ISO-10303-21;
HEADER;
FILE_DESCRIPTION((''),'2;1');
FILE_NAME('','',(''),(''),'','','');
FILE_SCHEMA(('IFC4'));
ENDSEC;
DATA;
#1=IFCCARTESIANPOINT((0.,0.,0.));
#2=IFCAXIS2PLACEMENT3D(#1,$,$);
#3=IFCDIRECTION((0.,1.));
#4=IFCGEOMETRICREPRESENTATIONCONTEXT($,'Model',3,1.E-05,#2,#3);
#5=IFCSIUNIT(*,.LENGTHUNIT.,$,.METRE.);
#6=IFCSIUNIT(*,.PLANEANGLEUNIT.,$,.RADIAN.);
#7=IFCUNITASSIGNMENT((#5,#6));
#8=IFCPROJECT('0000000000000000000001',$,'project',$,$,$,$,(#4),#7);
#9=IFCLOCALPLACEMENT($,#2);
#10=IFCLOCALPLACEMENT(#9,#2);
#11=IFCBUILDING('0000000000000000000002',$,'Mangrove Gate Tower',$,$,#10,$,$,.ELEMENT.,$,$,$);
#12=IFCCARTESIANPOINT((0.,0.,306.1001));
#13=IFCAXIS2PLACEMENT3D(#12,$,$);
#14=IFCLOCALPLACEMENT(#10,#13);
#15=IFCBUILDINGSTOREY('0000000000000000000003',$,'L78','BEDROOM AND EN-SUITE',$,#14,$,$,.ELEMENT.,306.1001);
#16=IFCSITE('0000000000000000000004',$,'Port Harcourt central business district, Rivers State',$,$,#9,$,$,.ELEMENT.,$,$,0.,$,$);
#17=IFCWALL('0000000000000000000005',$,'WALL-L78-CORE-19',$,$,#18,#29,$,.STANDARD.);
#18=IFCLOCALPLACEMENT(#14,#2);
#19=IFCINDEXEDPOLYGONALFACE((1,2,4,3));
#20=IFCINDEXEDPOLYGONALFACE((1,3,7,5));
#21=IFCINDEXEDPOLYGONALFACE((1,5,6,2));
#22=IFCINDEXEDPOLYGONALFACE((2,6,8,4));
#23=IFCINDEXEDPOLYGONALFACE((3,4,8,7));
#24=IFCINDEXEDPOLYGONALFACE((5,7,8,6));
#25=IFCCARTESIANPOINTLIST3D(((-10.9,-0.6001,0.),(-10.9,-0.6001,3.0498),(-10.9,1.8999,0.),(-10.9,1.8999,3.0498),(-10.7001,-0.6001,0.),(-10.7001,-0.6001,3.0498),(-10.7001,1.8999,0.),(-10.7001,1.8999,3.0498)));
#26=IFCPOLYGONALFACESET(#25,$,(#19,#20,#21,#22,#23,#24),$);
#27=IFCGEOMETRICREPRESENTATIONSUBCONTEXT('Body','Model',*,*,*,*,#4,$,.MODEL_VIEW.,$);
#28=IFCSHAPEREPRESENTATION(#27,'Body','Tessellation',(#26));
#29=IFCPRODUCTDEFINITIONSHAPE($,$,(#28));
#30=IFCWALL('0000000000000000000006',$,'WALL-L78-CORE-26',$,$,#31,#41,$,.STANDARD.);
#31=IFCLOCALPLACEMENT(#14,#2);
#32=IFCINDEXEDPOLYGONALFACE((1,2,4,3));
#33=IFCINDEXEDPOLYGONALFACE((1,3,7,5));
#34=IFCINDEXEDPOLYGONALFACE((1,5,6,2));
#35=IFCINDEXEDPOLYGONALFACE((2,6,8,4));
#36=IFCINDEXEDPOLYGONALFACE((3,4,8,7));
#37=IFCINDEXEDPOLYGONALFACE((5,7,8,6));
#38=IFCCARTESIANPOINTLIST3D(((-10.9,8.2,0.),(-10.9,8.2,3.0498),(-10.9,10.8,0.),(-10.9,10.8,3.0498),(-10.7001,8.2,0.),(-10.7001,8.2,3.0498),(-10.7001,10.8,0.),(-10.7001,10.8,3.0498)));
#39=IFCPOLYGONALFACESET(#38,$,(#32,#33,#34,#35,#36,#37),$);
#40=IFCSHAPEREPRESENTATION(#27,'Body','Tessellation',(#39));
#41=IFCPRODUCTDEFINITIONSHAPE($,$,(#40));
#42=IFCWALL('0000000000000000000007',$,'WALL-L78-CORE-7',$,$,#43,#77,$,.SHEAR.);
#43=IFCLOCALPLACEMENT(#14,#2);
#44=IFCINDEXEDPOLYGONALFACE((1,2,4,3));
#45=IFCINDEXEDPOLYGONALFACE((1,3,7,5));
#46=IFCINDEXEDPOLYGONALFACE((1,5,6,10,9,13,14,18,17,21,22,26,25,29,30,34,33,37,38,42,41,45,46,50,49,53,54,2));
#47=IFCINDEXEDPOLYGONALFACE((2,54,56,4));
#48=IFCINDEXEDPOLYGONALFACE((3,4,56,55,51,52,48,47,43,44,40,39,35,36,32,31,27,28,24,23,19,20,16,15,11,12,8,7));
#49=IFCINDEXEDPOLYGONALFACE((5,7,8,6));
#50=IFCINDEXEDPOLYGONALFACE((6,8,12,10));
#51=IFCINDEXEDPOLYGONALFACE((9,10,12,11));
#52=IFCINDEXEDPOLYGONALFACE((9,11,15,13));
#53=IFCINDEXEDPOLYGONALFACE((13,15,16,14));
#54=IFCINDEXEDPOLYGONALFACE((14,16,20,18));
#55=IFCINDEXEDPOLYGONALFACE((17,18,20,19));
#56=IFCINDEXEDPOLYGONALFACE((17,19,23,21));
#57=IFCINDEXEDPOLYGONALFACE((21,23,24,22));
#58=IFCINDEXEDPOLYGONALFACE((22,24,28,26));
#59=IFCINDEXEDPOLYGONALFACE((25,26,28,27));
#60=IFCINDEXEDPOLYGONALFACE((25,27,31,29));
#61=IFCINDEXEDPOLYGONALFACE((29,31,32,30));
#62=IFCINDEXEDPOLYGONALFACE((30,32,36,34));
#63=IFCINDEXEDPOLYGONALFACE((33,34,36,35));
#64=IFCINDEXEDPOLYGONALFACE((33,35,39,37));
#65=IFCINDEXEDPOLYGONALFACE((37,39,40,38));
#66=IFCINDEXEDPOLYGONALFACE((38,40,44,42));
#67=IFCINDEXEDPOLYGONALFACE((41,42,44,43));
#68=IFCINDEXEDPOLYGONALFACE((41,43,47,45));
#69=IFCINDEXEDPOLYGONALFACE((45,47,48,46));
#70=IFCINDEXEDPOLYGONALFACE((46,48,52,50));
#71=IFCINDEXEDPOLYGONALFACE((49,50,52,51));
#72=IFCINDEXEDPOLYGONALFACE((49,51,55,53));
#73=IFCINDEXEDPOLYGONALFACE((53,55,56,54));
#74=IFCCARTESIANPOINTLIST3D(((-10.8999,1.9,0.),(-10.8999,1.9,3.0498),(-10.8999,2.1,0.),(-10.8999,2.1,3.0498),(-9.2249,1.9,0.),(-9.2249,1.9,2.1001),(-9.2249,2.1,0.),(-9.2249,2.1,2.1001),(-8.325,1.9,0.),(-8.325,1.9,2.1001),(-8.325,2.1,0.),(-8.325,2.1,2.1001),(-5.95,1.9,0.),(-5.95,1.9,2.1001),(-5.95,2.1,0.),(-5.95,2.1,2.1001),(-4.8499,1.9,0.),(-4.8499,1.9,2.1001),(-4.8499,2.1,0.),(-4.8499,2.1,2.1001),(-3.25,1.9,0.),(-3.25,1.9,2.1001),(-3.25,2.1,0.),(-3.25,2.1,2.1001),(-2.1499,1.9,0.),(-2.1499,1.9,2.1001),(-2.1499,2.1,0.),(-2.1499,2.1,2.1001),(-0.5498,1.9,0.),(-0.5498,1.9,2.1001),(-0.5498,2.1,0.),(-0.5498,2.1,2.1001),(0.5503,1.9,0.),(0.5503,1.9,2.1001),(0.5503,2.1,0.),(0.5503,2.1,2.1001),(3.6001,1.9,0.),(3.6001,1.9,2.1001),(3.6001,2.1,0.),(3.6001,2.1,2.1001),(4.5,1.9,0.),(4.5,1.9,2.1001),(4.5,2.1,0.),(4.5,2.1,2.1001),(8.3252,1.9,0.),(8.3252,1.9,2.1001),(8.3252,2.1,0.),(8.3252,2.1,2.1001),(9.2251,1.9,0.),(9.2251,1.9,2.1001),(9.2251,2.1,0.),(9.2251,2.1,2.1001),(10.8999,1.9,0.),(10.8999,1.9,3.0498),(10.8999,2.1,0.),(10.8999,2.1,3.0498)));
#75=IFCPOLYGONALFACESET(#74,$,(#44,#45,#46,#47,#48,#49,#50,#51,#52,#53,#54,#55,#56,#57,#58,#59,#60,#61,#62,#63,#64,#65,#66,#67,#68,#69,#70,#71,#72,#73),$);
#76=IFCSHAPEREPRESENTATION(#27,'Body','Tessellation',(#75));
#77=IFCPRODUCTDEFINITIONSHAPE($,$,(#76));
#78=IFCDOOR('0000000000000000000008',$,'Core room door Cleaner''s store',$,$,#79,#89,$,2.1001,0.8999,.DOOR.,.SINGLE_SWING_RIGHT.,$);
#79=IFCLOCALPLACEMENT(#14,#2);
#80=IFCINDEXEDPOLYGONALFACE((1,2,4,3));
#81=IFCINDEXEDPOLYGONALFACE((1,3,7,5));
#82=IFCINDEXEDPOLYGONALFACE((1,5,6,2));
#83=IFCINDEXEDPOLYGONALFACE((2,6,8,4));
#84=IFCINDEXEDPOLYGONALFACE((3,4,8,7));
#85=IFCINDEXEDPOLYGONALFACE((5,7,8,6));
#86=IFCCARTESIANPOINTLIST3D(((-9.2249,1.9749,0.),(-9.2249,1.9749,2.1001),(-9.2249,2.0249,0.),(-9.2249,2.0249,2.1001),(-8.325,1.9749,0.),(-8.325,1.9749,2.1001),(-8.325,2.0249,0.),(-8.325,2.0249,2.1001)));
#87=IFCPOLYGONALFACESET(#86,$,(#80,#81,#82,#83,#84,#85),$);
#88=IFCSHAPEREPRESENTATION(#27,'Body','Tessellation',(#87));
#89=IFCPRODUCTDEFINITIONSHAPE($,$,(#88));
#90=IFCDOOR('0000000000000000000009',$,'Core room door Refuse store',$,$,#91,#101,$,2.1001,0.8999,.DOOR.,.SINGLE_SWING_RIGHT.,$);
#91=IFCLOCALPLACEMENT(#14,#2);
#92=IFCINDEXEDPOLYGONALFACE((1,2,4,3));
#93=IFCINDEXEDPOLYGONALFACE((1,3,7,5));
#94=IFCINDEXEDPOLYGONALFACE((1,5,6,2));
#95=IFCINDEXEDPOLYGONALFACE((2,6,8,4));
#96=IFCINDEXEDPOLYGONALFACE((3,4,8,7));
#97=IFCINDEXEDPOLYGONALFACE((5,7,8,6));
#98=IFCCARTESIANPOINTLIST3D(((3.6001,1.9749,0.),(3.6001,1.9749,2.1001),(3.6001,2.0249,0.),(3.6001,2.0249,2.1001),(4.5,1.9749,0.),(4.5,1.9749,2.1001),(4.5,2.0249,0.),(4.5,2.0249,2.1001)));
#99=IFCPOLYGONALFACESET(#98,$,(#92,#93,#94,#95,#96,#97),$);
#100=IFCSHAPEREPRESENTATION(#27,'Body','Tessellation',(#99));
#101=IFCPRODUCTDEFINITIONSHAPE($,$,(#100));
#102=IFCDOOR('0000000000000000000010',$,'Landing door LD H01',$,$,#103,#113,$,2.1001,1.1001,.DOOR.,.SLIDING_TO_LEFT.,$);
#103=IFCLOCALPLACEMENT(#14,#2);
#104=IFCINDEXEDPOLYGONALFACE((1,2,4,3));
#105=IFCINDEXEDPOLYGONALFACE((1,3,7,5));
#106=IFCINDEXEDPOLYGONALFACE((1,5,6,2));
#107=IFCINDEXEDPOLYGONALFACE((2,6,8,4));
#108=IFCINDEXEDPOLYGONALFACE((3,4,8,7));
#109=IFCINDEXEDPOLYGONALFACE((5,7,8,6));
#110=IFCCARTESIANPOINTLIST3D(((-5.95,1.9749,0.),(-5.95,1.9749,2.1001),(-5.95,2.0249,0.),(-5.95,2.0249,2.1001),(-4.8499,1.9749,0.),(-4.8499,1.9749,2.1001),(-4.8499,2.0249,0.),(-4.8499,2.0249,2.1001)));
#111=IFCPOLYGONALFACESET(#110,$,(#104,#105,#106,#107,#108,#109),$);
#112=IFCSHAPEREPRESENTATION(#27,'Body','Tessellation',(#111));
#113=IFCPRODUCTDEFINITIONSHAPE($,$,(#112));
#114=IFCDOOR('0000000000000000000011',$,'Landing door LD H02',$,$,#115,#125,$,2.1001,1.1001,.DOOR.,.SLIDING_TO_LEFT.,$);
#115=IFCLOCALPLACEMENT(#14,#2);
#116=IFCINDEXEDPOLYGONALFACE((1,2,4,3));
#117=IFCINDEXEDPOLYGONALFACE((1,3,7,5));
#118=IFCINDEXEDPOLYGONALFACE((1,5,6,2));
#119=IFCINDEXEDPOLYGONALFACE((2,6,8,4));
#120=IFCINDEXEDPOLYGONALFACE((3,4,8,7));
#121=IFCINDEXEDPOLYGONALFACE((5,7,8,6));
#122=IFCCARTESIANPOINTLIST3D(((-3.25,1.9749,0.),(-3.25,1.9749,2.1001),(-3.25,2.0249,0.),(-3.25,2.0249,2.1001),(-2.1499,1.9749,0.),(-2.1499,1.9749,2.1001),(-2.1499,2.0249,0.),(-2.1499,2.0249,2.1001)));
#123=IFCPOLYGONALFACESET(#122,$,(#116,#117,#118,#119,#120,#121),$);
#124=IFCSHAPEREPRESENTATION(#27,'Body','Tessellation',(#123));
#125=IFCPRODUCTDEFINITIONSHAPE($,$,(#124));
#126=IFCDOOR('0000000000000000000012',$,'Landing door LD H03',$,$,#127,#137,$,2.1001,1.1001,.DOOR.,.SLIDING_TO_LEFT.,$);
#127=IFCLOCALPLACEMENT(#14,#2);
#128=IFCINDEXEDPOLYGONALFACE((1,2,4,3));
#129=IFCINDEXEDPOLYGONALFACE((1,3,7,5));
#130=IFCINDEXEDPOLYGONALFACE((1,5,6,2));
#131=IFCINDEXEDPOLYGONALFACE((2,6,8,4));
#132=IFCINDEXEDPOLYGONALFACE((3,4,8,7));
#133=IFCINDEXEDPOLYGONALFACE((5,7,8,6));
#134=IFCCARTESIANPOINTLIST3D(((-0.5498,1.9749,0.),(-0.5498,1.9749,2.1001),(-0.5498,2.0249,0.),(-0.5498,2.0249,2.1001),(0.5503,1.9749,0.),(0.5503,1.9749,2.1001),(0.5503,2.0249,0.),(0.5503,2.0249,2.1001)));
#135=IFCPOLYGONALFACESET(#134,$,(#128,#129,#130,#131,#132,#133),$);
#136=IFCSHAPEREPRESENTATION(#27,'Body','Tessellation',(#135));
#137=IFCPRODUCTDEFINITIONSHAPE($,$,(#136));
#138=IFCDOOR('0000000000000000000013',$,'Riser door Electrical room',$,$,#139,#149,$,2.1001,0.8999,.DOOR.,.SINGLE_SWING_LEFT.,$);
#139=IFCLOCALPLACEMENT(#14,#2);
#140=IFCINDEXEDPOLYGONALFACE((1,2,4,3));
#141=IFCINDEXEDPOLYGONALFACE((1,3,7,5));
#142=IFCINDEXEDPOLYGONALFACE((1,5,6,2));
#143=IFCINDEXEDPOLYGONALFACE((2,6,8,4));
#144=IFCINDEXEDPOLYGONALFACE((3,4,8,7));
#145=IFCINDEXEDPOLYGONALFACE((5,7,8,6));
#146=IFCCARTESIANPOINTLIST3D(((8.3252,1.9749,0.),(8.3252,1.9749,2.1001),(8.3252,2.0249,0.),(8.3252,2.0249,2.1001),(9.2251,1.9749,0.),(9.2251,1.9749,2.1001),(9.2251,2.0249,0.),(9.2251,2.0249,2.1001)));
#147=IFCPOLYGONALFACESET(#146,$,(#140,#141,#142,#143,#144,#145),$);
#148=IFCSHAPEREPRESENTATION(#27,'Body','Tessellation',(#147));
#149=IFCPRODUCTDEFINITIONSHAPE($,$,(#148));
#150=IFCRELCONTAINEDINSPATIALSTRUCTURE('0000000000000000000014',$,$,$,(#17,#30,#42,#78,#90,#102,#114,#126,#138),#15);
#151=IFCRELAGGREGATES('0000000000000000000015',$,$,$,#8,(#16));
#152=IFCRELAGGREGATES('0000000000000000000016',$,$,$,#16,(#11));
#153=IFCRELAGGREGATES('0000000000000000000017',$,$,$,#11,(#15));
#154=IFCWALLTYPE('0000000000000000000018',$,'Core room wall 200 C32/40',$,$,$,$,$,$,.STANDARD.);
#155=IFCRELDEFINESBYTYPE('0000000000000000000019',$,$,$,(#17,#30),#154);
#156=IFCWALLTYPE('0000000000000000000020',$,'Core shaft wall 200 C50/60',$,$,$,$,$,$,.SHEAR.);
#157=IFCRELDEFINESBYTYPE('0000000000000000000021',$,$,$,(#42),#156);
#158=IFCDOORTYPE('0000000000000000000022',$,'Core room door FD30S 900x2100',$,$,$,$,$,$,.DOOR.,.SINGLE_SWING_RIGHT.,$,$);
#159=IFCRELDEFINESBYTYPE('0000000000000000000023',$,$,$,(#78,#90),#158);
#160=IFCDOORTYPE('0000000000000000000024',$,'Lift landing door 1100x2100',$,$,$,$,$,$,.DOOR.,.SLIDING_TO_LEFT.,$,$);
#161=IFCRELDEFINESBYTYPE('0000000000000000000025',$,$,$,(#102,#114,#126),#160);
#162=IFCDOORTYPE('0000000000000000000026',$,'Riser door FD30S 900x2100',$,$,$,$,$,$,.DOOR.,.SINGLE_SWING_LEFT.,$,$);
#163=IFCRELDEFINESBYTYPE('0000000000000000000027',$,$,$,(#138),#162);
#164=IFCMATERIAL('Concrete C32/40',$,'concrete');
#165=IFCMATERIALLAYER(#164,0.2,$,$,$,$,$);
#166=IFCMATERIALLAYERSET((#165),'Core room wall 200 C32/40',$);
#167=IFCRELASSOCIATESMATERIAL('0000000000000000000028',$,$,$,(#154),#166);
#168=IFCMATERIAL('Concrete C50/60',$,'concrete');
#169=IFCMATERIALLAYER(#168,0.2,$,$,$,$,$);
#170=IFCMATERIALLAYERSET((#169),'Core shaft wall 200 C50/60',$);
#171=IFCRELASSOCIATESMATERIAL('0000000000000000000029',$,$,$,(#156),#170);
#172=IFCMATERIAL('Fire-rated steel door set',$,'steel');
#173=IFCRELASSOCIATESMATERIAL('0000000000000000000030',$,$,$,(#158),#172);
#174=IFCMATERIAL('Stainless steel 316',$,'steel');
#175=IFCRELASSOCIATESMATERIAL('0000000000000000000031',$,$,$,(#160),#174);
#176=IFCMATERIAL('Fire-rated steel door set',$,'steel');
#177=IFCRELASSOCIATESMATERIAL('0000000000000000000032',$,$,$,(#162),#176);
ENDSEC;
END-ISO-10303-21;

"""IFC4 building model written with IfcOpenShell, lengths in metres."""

from ifc_helpers import new_model, si_unit, direction, frame, frame_2d, origin, place, context, subcontext, project, spatial, rectangle, extrude, material, layer, layer_set, type_object, element, fill, save


model = new_model("IFC4")

# Units and contexts
model_context = context("Model", 3, precision=1e-05, world=origin(), true_north=direction((0.0, 1.0)))
body_context = subcontext(model_context, "Body", "Model", "MODEL_VIEW")
ifc_project = project(units=[si_unit("LENGTHUNIT", "METRE"), si_unit("PLANEANGLEUNIT", "RADIAN")], contexts=[model_context])

# Site, building, storey
site_placement = place(None, origin())
site = spatial("IfcSite", under=ifc_project, at=site_placement, Name="Port Harcourt central business district, Rivers State", CompositionType="ELEMENT", RefElevation=0.0)
building_placement = place(site_placement, origin())
building = spatial("IfcBuilding", under=site, at=building_placement, Name="Mangrove Gate Tower", CompositionType="ELEMENT")
storey_placement = place(building_placement, frame((0.0, 0.0, 306.1001)))
storey = spatial("IfcBuildingStorey", under=building, at=storey_placement, Name="L78", Description="BEDROOM AND EN-SUITE", CompositionType="ELEMENT", Elevation=306.1001)

# Walls
ifc_material_1 = material(Name="Concrete C32/40", Category="concrete")
ifc_layer_1 = layer(ifc_material_1, 0.2)
ifc_layer_set_1 = layer_set([ifc_layer_1], Name="Core room wall 200 C32/40")
wall_type_1 = type_object("IfcWallType", Name="Core room wall 200 C32/40", PredefinedType="STANDARD", material=ifc_layer_set_1)
wall_1_placement = place(storey_placement, frame((-10.8, -0.6001, 0.0), z_axis=(0.0, 0.0, 1.0), x_axis=(0.0, 1.0, 0.0)))
element("IfcWall", 1, at=wall_1_placement, inside=storey, type_object=wall_type_1, Name="WALL-L78-CORE-19", PredefinedType="STANDARD", context=body_context, shape_type="SweptSolid", body=[
    extrude(rectangle(XDim=2.5, YDim=0.2, at=frame_2d((1.25, 0.0))), origin(), (0.0, 0.0, 1.0), 3.0498),
])
wall_2_placement = place(storey_placement, frame((-10.8, 8.2, 0.0), z_axis=(0.0, 0.0, 1.0), x_axis=(0.0, 1.0, 0.0)))
element("IfcWall", 2, at=wall_2_placement, inside=storey, type_object=wall_type_1, Name="WALL-L78-CORE-26", PredefinedType="STANDARD", context=body_context, shape_type="SweptSolid", body=[
    extrude(rectangle(XDim=2.6001, YDim=0.2, at=frame_2d((1.3, 0.0))), origin(), (0.0, 0.0, 1.0), 3.0498),
])

# Wall, openings, doors
ifc_material_2 = material(Name="Concrete C50/60", Category="concrete")
ifc_layer_2 = layer(ifc_material_2, 0.2)
ifc_layer_set_2 = layer_set([ifc_layer_2], Name="Core shaft wall 200 C50/60")
wall_type_2 = type_object("IfcWallType", Name="Core shaft wall 200 C50/60", PredefinedType="SHEAR", material=ifc_layer_set_2)
wall_3_placement = place(storey_placement, frame((-10.8999, 2.0, 0.0), z_axis=(0.0, 0.0, 1.0), x_axis=(1.0, 0.0, 0.0)))
wall_3 = element("IfcWall", 3, at=wall_3_placement, inside=storey, type_object=wall_type_2, Name="WALL-L78-CORE-7", PredefinedType="SHEAR", context=body_context, shape_type="SweptSolid", body=[
    extrude(rectangle(XDim=21.7998, YDim=0.2, at=frame_2d((10.8999, 0.0))), origin(), (0.0, 0.0, 1.0), 3.0498),
])
opening_1_placement = place(wall_3_placement, frame((4.95, 0.0, 0.0)))
opening_1 = element("IfcOpeningElement", 4, at=opening_1_placement, cuts=wall_3, PredefinedType="OPENING", context=body_context, shape_type="SweptSolid", body=[
    extrude(rectangle(XDim=1.1001, YDim=2.1001, at=frame_2d((0.55, 1.05))), frame((0.0, 0.1099, 0.0), z_axis=(0.0, -1.0, 0.0), x_axis=(1.0, 0.0, 0.0)), (0.0, 0.0, 1.0), 0.22),
])
opening_2_placement = place(wall_3_placement, frame((7.6499, 0.0, 0.0)))
opening_2 = element("IfcOpeningElement", 5, at=opening_2_placement, cuts=wall_3, PredefinedType="OPENING", context=body_context, shape_type="SweptSolid", body=[
    extrude(rectangle(XDim=1.1001, YDim=2.1001, at=frame_2d((0.55, 1.05))), frame((0.0, 0.1099, 0.0), z_axis=(0.0, -1.0, 0.0), x_axis=(1.0, 0.0, 0.0)), (0.0, 0.0, 1.0), 0.22),
])
opening_3_placement = place(wall_3_placement, frame((10.3501, 0.0, 0.0)))
opening_3 = element("IfcOpeningElement", 6, at=opening_3_placement, cuts=wall_3, PredefinedType="OPENING", context=body_context, shape_type="SweptSolid", body=[
    extrude(rectangle(XDim=1.1001, YDim=2.1001, at=frame_2d((0.55, 1.05))), frame((0.0, 0.1099, 0.0), z_axis=(0.0, -1.0, 0.0), x_axis=(1.0, 0.0, 0.0)), (0.0, 0.0, 1.0), 0.22),
])
opening_4_placement = place(wall_3_placement, frame((1.675, 0.0, 0.0)))
opening_4 = element("IfcOpeningElement", 7, at=opening_4_placement, cuts=wall_3, PredefinedType="OPENING", context=body_context, shape_type="SweptSolid", body=[
    extrude(rectangle(XDim=0.8999, YDim=2.1001, at=frame_2d((0.45, 1.05))), frame((0.0, 0.1099, 0.0), z_axis=(0.0, -1.0, 0.0), x_axis=(1.0, 0.0, 0.0)), (0.0, 0.0, 1.0), 0.22),
])
opening_5_placement = place(wall_3_placement, frame((14.5, 0.0, 0.0)))
opening_5 = element("IfcOpeningElement", 8, at=opening_5_placement, cuts=wall_3, PredefinedType="OPENING", context=body_context, shape_type="SweptSolid", body=[
    extrude(rectangle(XDim=0.8999, YDim=2.1001, at=frame_2d((0.45, 1.05))), frame((0.0, 0.1099, 0.0), z_axis=(0.0, -1.0, 0.0), x_axis=(1.0, 0.0, 0.0)), (0.0, 0.0, 1.0), 0.22),
])
opening_6_placement = place(wall_3_placement, frame((19.2251, 0.0, 0.0)))
opening_6 = element("IfcOpeningElement", 9, at=opening_6_placement, cuts=wall_3, PredefinedType="OPENING", context=body_context, shape_type="SweptSolid", body=[
    extrude(rectangle(XDim=0.8999, YDim=2.1001, at=frame_2d((0.45, 1.05))), frame((0.0, 0.1099, 0.0), z_axis=(0.0, -1.0, 0.0), x_axis=(1.0, 0.0, 0.0)), (0.0, 0.0, 1.0), 0.22),
])
ifc_material_3 = material(Name="Fire-rated steel door set", Category="steel")
door_type_1 = type_object("IfcDoorType", Name="Core room door FD30S 900x2100", OperationType="SINGLE_SWING_RIGHT", PredefinedType="DOOR", material=ifc_material_3)
door_1_placement = place(opening_4_placement, origin())
door_1 = element("IfcDoor", 10, at=door_1_placement, inside=storey, type_object=door_type_1, Name="Core room door Cleaner's store", OperationType="SINGLE_SWING_RIGHT", OverallHeight=2.1001, OverallWidth=0.8999, PredefinedType="DOOR", context=body_context, shape_type="SweptSolid", body=[
    extrude(rectangle(XDim=0.8999, YDim=2.1001, at=frame_2d((0.45, 1.05))), frame((0.0, 0.0249, 0.0), z_axis=(0.0, -1.0, 0.0), x_axis=(1.0, 0.0, 0.0)), (0.0, 0.0, 1.0), 0.05),
])
fill(opening_4, door_1)
door_2_placement = place(opening_5_placement, origin())
door_2 = element("IfcDoor", 11, at=door_2_placement, inside=storey, type_object=door_type_1, Name="Core room door Refuse store", OperationType="SINGLE_SWING_RIGHT", OverallHeight=2.1001, OverallWidth=0.8999, PredefinedType="DOOR", context=body_context, shape_type="SweptSolid", body=[
    extrude(rectangle(XDim=0.8999, YDim=2.1001, at=frame_2d((0.45, 1.05))), frame((0.0, 0.0249, 0.0), z_axis=(0.0, -1.0, 0.0), x_axis=(1.0, 0.0, 0.0)), (0.0, 0.0, 1.0), 0.05),
])
fill(opening_5, door_2)
ifc_material_4 = material(Name="Stainless steel 316", Category="steel")
door_type_2 = type_object("IfcDoorType", Name="Lift landing door 1100x2100", OperationType="SLIDING_TO_LEFT", PredefinedType="DOOR", material=ifc_material_4)
door_3_placement = place(opening_1_placement, origin())
door_3 = element("IfcDoor", 12, at=door_3_placement, inside=storey, type_object=door_type_2, Name="Landing door LD H01", OperationType="SLIDING_TO_LEFT", OverallHeight=2.1001, OverallWidth=1.1001, PredefinedType="DOOR", context=body_context, shape_type="SweptSolid", body=[
    extrude(rectangle(XDim=1.1001, YDim=2.1001, at=frame_2d((0.55, 1.05))), frame((0.0, 0.0249, 0.0), z_axis=(0.0, -1.0, 0.0), x_axis=(1.0, 0.0, 0.0)), (0.0, 0.0, 1.0), 0.05),
])
fill(opening_1, door_3)
door_4_placement = place(opening_2_placement, origin())
door_4 = element("IfcDoor", 13, at=door_4_placement, inside=storey, type_object=door_type_2, Name="Landing door LD H02", OperationType="SLIDING_TO_LEFT", OverallHeight=2.1001, OverallWidth=1.1001, PredefinedType="DOOR", context=body_context, shape_type="SweptSolid", body=[
    extrude(rectangle(XDim=1.1001, YDim=2.1001, at=frame_2d((0.55, 1.05))), frame((0.0, 0.0249, 0.0), z_axis=(0.0, -1.0, 0.0), x_axis=(1.0, 0.0, 0.0)), (0.0, 0.0, 1.0), 0.05),
])
fill(opening_2, door_4)
door_5_placement = place(opening_3_placement, origin())
door_5 = element("IfcDoor", 14, at=door_5_placement, inside=storey, type_object=door_type_2, Name="Landing door LD H03", OperationType="SLIDING_TO_LEFT", OverallHeight=2.1001, OverallWidth=1.1001, PredefinedType="DOOR", context=body_context, shape_type="SweptSolid", body=[
    extrude(rectangle(XDim=1.1001, YDim=2.1001, at=frame_2d((0.55, 1.05))), frame((0.0, 0.0249, 0.0), z_axis=(0.0, -1.0, 0.0), x_axis=(1.0, 0.0, 0.0)), (0.0, 0.0, 1.0), 0.05),
])
fill(opening_3, door_5)
ifc_material_5 = material(Name="Fire-rated steel door set", Category="steel")
door_type_3 = type_object("IfcDoorType", Name="Riser door FD30S 900x2100", OperationType="SINGLE_SWING_LEFT", PredefinedType="DOOR", material=ifc_material_5)
door_6_placement = place(opening_6_placement, origin())
door_6 = element("IfcDoor", 15, at=door_6_placement, inside=storey, type_object=door_type_3, Name="Riser door Electrical room", OperationType="SINGLE_SWING_LEFT", OverallHeight=2.1001, OverallWidth=0.8999, PredefinedType="DOOR", context=body_context, shape_type="SweptSolid", body=[
    extrude(rectangle(XDim=0.8999, YDim=2.1001, at=frame_2d((0.45, 1.05))), frame((0.0, 0.0249, 0.0), z_axis=(0.0, -1.0, 0.0), x_axis=(1.0, 0.0, 0.0)), (0.0, 0.0, 1.0), 0.05),
])
fill(opening_6, door_6)

save(model, "model.ifc")
